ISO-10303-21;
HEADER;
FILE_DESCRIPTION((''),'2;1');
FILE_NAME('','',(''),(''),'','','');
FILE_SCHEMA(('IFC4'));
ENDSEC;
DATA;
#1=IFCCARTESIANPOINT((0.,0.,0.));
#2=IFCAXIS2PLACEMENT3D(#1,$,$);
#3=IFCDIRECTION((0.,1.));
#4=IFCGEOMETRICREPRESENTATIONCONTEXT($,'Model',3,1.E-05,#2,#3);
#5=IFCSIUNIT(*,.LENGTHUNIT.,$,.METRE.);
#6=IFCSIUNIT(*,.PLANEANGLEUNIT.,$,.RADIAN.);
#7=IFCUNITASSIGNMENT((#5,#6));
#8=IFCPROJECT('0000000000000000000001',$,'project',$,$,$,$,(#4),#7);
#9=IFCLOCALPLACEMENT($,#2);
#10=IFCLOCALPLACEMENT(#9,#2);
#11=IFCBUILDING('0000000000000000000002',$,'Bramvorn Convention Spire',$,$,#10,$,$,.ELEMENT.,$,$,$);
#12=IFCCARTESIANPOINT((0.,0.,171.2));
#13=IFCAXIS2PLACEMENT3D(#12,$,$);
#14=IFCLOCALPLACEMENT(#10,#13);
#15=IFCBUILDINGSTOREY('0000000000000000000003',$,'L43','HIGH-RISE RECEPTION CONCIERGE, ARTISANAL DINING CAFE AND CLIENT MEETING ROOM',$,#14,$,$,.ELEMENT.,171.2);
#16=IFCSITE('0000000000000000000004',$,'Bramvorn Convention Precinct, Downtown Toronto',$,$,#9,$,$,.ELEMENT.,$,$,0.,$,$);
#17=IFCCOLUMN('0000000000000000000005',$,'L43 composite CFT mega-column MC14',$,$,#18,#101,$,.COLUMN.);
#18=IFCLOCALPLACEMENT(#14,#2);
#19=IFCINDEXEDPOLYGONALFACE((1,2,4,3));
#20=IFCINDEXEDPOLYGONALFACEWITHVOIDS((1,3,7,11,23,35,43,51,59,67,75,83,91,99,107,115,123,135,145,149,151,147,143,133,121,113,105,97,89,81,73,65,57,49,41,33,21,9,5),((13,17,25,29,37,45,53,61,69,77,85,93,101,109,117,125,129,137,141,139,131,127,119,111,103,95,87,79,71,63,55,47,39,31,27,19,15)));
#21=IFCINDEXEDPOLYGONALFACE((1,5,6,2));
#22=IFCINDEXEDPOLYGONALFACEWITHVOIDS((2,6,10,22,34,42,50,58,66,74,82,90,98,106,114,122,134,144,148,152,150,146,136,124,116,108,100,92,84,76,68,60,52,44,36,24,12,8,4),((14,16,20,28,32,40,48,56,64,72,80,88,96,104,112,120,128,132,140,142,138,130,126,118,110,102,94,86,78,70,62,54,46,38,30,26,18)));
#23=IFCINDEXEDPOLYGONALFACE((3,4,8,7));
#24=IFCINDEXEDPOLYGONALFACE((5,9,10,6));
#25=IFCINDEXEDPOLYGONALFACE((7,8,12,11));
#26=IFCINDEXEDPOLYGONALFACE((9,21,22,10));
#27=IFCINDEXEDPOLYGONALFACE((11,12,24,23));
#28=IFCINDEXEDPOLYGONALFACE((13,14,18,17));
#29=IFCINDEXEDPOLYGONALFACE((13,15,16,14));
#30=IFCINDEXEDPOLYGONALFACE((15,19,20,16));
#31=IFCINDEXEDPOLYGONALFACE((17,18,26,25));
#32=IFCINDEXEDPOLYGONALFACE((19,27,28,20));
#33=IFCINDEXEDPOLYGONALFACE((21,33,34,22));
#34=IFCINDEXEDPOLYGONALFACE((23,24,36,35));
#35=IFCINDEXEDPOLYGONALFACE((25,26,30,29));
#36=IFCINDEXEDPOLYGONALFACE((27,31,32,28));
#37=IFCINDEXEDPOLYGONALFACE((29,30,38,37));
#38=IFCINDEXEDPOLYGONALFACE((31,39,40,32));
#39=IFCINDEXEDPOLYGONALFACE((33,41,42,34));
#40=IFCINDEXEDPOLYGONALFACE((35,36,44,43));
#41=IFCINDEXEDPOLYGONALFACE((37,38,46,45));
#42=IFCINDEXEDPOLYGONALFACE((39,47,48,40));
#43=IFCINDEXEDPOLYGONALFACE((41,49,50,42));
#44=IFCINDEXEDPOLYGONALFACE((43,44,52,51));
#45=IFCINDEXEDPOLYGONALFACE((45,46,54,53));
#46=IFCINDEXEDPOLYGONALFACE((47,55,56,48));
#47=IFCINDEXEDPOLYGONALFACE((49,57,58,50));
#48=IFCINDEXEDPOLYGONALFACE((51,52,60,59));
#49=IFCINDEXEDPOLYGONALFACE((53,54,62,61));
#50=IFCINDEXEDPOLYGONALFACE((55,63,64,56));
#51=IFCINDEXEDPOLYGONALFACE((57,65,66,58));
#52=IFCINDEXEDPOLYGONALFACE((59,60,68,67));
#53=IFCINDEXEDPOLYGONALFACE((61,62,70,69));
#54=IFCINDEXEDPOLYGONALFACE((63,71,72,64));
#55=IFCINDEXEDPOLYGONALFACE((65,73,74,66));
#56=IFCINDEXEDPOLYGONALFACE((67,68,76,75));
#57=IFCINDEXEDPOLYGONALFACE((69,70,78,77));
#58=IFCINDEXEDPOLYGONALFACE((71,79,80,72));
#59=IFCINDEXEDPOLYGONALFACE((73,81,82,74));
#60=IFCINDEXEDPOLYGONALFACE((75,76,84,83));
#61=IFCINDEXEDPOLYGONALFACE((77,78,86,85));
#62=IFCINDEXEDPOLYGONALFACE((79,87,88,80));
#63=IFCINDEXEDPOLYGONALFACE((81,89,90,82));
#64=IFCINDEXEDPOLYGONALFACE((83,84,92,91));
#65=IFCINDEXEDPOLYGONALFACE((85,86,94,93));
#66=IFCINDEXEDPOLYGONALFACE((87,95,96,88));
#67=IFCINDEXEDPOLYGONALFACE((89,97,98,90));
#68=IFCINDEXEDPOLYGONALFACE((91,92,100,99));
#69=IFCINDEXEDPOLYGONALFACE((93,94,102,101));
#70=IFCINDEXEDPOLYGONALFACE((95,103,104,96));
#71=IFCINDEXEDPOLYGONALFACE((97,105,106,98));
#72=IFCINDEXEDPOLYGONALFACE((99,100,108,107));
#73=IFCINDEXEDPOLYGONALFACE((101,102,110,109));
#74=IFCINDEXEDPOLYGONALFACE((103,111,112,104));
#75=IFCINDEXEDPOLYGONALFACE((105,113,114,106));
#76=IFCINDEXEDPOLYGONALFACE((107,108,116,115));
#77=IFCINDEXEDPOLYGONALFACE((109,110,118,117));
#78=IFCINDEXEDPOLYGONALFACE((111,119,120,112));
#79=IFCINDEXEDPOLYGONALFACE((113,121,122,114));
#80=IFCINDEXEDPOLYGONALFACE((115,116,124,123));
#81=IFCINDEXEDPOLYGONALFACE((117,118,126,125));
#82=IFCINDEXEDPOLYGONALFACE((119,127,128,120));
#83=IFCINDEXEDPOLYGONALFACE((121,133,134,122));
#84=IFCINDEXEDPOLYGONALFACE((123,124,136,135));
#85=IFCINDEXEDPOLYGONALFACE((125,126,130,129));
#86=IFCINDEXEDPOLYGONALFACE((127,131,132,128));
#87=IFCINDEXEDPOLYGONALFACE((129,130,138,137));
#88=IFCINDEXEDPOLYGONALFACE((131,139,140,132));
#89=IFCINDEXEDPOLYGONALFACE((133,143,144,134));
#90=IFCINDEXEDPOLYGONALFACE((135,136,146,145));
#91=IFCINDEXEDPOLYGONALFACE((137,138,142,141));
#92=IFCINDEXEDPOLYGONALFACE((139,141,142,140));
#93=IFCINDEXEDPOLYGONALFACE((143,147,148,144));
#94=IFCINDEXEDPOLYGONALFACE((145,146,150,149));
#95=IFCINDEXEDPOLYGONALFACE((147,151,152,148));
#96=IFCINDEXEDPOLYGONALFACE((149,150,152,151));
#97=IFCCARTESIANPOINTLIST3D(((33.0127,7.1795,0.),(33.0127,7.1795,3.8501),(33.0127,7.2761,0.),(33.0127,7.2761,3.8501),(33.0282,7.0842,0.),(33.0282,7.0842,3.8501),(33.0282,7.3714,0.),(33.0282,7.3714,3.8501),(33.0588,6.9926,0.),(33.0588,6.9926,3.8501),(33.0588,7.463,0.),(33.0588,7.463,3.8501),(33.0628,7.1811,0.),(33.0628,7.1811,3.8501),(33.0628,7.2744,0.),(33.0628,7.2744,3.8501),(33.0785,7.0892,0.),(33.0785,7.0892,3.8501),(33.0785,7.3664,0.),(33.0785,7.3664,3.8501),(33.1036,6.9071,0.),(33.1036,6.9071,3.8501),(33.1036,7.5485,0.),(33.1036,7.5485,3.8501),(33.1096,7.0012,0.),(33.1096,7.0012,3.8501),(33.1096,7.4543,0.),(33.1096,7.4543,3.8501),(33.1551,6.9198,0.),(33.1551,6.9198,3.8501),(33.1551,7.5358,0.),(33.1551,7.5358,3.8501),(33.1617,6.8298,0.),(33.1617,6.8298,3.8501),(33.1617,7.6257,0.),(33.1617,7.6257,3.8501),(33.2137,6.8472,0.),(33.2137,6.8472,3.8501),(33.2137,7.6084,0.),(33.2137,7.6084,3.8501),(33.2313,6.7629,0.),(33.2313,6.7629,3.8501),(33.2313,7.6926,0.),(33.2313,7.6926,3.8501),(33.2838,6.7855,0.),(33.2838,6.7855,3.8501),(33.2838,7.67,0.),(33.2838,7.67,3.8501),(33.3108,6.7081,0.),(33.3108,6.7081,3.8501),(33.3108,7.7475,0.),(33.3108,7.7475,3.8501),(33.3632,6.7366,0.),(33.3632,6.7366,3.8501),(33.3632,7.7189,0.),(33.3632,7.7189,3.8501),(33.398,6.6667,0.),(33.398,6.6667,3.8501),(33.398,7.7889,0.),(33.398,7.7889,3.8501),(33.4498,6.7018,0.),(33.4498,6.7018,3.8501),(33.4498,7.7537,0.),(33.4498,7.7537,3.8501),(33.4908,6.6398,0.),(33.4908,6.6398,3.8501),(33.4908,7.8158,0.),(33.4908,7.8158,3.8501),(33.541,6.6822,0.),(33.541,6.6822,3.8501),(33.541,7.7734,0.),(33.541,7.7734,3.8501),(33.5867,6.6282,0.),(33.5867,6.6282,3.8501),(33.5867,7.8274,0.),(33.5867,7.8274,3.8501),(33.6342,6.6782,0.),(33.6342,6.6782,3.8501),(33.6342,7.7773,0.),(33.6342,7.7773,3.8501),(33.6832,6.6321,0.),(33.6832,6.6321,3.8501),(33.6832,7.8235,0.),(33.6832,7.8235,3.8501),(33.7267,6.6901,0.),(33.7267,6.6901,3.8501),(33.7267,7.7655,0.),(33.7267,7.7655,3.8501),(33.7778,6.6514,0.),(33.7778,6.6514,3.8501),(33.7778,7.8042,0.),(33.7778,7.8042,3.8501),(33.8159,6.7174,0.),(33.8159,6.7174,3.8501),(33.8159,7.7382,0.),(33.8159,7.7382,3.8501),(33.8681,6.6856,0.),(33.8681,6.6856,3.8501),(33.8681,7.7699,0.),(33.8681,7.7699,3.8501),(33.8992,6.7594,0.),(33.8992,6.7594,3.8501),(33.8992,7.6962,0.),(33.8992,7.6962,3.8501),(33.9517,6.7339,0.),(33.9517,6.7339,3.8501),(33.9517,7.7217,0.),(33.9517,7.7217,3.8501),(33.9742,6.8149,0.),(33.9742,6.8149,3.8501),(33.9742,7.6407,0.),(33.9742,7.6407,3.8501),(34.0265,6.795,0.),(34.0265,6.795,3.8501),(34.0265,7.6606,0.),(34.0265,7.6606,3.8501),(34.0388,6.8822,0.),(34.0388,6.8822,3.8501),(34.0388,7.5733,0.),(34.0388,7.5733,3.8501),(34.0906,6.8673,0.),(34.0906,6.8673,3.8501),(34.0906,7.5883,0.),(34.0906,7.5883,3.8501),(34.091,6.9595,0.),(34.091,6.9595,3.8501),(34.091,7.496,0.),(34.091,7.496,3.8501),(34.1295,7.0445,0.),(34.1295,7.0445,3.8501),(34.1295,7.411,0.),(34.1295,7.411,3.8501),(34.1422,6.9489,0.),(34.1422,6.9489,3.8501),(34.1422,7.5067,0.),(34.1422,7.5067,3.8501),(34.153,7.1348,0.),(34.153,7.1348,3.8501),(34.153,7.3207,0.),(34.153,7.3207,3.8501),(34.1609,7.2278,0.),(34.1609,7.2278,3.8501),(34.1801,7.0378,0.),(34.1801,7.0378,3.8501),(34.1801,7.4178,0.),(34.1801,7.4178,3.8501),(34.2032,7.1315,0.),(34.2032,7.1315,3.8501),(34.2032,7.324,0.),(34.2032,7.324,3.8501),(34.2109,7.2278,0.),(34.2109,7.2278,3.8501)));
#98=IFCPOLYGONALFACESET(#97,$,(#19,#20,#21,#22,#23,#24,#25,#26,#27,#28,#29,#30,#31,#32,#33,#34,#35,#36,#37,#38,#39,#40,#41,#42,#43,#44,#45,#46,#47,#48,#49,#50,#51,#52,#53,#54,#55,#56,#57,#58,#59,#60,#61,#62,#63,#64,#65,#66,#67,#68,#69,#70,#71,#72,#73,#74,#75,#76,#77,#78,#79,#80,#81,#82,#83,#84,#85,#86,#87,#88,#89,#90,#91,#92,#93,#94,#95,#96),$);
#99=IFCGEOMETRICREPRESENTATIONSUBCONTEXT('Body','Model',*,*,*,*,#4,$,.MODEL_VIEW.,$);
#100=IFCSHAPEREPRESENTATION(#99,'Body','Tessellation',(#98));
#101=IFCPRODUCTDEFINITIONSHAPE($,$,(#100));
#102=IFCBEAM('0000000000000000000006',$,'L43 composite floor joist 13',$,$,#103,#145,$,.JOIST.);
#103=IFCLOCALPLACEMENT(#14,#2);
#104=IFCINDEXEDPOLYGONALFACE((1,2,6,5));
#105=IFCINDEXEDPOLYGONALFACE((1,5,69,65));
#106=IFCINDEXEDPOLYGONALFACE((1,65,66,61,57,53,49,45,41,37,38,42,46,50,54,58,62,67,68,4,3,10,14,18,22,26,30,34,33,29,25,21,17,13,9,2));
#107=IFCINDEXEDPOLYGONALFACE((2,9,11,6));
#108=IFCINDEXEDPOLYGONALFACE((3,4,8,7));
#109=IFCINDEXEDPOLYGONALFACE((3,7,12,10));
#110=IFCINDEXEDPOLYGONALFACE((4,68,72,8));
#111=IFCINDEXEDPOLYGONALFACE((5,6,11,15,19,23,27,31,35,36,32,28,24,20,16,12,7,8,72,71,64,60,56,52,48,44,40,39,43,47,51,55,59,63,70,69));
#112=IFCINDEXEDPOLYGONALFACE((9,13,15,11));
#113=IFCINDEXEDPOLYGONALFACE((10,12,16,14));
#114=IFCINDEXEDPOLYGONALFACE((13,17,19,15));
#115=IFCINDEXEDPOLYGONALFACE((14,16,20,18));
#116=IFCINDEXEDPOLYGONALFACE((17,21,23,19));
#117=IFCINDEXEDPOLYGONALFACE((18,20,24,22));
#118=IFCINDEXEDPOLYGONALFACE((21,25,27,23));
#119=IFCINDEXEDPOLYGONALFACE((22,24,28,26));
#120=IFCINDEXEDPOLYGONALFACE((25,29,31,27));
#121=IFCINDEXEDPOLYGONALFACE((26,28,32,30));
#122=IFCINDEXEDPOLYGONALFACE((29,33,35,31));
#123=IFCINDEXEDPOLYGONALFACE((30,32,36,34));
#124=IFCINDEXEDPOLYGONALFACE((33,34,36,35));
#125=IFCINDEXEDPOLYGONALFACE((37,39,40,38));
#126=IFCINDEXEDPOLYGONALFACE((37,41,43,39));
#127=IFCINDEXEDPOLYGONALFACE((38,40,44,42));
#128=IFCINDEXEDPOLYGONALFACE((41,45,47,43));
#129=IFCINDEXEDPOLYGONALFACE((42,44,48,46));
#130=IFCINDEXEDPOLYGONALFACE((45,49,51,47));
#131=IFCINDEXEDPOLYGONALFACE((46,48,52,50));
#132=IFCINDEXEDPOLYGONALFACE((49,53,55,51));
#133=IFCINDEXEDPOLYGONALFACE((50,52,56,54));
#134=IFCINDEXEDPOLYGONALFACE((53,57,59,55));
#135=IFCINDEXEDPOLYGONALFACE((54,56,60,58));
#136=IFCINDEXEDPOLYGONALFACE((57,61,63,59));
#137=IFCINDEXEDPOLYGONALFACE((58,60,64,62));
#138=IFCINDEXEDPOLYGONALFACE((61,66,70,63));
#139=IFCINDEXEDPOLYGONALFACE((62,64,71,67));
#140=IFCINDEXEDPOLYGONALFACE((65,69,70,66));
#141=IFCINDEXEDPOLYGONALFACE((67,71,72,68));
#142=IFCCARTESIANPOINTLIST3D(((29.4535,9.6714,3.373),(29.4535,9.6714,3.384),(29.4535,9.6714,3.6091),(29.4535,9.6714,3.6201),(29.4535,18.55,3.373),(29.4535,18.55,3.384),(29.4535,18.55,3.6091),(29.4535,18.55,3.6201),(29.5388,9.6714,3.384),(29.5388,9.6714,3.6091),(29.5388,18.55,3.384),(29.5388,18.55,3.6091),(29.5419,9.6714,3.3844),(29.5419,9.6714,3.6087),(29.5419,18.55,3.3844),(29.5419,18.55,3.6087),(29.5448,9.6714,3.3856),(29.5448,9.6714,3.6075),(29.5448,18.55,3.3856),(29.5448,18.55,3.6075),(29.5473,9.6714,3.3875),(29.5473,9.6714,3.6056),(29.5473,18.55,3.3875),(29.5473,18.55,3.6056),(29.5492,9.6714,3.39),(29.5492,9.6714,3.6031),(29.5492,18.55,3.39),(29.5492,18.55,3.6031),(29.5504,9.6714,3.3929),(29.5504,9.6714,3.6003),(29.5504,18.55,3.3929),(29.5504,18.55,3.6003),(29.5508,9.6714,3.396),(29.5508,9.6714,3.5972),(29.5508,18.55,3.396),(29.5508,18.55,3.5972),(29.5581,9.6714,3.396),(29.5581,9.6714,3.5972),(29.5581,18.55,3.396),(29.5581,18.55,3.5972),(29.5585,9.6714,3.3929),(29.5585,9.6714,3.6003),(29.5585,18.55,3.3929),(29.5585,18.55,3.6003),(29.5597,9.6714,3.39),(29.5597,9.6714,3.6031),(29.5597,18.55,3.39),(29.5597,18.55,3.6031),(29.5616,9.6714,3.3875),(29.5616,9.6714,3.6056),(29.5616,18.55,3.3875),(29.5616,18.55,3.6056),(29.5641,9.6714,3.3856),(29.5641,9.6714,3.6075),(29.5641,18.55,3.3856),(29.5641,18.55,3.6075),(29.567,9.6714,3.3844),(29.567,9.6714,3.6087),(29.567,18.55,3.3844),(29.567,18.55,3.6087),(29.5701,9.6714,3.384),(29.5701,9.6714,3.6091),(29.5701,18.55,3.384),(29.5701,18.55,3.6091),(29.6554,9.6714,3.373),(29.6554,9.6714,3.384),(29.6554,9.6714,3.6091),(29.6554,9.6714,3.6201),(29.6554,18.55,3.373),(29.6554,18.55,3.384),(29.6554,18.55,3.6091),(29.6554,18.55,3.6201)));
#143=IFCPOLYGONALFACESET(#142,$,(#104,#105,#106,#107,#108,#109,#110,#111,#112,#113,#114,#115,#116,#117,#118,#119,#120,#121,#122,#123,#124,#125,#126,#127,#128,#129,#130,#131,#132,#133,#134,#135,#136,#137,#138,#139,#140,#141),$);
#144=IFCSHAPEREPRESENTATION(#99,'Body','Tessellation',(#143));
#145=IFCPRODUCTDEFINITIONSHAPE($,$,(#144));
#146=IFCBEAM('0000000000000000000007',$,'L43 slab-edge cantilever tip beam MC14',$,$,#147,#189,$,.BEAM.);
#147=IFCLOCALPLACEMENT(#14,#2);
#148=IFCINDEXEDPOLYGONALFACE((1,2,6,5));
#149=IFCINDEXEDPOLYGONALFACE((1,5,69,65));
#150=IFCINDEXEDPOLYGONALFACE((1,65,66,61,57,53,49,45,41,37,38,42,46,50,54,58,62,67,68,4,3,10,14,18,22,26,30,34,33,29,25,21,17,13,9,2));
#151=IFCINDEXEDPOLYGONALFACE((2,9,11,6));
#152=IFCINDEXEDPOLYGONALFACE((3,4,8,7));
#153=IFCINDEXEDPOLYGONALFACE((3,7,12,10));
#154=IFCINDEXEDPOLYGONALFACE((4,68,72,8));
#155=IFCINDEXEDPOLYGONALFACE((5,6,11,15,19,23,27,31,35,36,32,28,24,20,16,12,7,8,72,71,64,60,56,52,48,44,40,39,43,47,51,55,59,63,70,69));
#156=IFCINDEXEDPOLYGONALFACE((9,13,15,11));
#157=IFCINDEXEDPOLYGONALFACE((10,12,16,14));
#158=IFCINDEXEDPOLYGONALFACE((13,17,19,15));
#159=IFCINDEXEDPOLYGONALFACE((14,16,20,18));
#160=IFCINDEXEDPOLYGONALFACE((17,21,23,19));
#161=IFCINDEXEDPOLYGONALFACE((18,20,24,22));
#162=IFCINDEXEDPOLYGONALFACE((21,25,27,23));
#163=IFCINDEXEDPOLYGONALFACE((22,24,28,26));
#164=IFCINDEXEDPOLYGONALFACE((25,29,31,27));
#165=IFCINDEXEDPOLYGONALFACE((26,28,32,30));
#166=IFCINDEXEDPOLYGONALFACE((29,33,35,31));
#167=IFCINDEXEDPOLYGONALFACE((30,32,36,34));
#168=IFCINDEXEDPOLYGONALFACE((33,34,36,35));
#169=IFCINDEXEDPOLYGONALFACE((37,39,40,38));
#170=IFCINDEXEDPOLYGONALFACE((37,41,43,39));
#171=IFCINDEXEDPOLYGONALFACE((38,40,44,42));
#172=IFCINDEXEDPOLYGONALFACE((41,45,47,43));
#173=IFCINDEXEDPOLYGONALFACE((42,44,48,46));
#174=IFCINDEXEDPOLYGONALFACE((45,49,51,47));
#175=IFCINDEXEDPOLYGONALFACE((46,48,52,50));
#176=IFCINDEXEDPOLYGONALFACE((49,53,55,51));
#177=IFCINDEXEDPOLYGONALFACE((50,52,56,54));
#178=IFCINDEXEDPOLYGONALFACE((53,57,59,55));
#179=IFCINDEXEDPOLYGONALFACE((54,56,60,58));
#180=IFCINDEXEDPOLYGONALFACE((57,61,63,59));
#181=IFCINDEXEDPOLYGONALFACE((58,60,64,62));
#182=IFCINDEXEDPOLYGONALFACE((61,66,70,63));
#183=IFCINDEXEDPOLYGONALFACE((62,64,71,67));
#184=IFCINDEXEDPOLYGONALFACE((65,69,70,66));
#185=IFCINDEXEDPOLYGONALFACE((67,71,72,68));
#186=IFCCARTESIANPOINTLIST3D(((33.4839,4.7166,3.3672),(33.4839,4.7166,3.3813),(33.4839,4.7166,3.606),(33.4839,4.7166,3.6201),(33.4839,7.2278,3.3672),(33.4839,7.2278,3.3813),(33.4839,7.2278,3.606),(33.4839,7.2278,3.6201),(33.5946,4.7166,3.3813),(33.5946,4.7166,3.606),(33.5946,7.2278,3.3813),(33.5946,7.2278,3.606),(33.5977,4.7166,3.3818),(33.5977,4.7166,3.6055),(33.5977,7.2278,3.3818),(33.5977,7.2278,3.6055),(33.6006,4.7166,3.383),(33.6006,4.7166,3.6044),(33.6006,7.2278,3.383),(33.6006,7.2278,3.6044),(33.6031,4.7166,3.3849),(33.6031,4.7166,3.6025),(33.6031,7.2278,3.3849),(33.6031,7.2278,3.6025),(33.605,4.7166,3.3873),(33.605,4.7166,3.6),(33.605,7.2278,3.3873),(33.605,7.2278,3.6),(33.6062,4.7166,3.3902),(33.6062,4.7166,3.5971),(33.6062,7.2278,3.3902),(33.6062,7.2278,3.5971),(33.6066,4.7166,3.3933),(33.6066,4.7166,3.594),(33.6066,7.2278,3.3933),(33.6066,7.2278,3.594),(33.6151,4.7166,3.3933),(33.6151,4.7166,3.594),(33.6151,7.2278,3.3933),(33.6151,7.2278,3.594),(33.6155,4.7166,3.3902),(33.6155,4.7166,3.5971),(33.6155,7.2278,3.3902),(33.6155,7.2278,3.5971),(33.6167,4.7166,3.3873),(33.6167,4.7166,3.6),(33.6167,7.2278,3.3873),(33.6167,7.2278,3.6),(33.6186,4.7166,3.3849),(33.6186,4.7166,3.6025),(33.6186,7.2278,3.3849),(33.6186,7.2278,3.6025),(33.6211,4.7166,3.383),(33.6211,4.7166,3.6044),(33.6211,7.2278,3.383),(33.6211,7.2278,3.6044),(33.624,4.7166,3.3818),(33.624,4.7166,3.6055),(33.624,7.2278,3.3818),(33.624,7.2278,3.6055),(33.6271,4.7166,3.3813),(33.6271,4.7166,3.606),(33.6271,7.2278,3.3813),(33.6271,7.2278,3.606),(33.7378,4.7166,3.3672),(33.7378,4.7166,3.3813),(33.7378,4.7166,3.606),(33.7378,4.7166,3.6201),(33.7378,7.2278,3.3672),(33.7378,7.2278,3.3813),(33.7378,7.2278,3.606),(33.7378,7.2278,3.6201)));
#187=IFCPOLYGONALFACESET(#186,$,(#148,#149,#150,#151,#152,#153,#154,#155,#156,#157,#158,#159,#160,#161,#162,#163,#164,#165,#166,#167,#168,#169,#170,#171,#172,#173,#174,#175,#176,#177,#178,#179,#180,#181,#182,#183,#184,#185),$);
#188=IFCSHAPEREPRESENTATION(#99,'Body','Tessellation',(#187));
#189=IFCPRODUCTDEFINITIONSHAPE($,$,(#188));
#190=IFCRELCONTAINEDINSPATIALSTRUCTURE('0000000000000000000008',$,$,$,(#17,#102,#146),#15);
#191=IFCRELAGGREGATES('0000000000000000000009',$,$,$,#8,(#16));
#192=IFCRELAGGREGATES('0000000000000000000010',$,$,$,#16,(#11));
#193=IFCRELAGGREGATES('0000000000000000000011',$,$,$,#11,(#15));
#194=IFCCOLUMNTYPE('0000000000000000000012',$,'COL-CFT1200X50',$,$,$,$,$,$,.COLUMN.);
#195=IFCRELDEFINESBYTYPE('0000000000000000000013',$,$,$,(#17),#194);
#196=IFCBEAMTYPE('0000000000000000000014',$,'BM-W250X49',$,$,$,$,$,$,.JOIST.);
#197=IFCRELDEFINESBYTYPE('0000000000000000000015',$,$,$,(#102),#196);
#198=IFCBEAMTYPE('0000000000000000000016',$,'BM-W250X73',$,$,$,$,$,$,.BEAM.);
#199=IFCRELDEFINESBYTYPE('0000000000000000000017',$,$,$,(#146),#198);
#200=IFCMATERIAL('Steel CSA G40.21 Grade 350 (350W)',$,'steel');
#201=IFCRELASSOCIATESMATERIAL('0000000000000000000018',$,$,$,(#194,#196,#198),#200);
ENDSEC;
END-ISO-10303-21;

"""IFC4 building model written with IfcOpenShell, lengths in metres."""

from ifc_helpers import new_model, si_unit, direction, frame, origin, origin_2d, place, context, subcontext, project, spatial, hollow_circle, i_section, extrude, material, material_profile, profile_set, type_object, element, save


model = new_model("IFC4")

# Units and contexts
model_context = context("Model", 3, precision=1e-05, world=origin(), true_north=direction((0.0, 1.0)))
body_context = subcontext(model_context, "Body", "Model", "MODEL_VIEW")
ifc_project = project(units=[si_unit("LENGTHUNIT", "METRE"), si_unit("PLANEANGLEUNIT", "RADIAN")], contexts=[model_context])

# Site, building, storey
site_placement = place(None, origin())
site = spatial("IfcSite", under=ifc_project, at=site_placement, Name="Bramvorn Convention Precinct, Downtown Toronto", CompositionType="ELEMENT", RefElevation=0.0)
building_placement = place(site_placement, origin())
building = spatial("IfcBuilding", under=site, at=building_placement, Name="Bramvorn Convention Spire", CompositionType="ELEMENT")
storey_placement = place(building_placement, frame((0.0, 0.0, 171.2)))
storey = spatial("IfcBuildingStorey", under=building, at=storey_placement, Name="L43", Description="HIGH-RISE RECEPTION CONCIERGE, ARTISANAL DINING CAFE AND CLIENT MEETING ROOM", CompositionType="ELEMENT", Elevation=171.2)

# Column
ifc_material_1 = material(Name="Steel CSA G40.21 Grade 350 (350W)", Category="steel")
ifc_material_profile_1 = material_profile(ifc_material_1, hollow_circle(Radius=0.6001, WallThickness=0.05, at=origin_2d()))
ifc_profile_set_1 = profile_set([ifc_material_profile_1], Name="Steel CSA G40.21 Grade 350 (350W) - CFT1200X50")
column_type = type_object("IfcColumnType", Name="COL-CFT1200X50", PredefinedType="COLUMN", material=ifc_profile_set_1)
column_placement = place(storey_placement, frame((33.6108, 7.2278, 0.0), z_axis=(0.0, 0.0, 1.0), x_axis=(1.0, 0.0, 0.0)))
element("IfcColumn", 1, at=column_placement, inside=storey, type_object=column_type, Name="L43 composite CFT mega-column MC14", PredefinedType="COLUMN", context=body_context, shape_type="SweptSolid", body=[
    extrude(hollow_circle(Radius=0.6001, WallThickness=0.05, at=origin_2d()), origin(), (0.0, 0.0, 1.0), 3.8501),
])

# Beams
ifc_material_profile_2 = material_profile(ifc_material_1, i_section(OverallWidth=0.2019, OverallDepth=0.2471, WebThickness=0.0073, FlangeThickness=0.011, FilletRadius=0.012, at=origin_2d()))
ifc_profile_set_2 = profile_set([ifc_material_profile_2], Name="Steel CSA G40.21 Grade 350 (350W) - W250X49")
beam_type_1 = type_object("IfcBeamType", Name="BM-W250X49", PredefinedType="JOIST", material=ifc_profile_set_2)
beam_1_placement = place(storey_placement, frame((29.5544, 18.55, 3.4966), z_axis=(0.0, -1.0, 0.0), x_axis=(1.0, 0.0, 0.0)))
element("IfcBeam", 2, at=beam_1_placement, inside=storey, type_object=beam_type_1, Name="L43 composite floor joist 13", PredefinedType="JOIST", context=body_context, shape_type="SweptSolid", body=[
    extrude(i_section(OverallWidth=0.2019, OverallDepth=0.2471, WebThickness=0.0073, FlangeThickness=0.011, FilletRadius=0.012, at=origin_2d()), origin(), (0.0, 0.0, 1.0), 8.8787),
])
ifc_material_profile_3 = material_profile(ifc_material_1, i_section(OverallWidth=0.2539, OverallDepth=0.2529, WebThickness=0.0085, FlangeThickness=0.0142, FilletRadius=0.012, at=origin_2d()))
ifc_profile_set_3 = profile_set([ifc_material_profile_3], Name="Steel CSA G40.21 Grade 350 (350W) - W250X73")
beam_type_2 = type_object("IfcBeamType", Name="BM-W250X73", PredefinedType="BEAM", material=ifc_profile_set_3)
beam_2_placement = place(storey_placement, frame((33.6108, 7.2278, 3.4937), z_axis=(0.0, -1.0, 0.0), x_axis=(1.0, 0.0, 0.0)))
element("IfcBeam", 3, at=beam_2_placement, inside=storey, type_object=beam_type_2, Name="L43 slab-edge cantilever tip beam MC14", PredefinedType="BEAM", context=body_context, shape_type="SweptSolid", body=[
    extrude(i_section(OverallWidth=0.2539, OverallDepth=0.2529, WebThickness=0.0085, FlangeThickness=0.0142, FilletRadius=0.012, at=origin_2d()), origin(), (0.0, 0.0, 1.0), 2.5112),
])

save(model, "model.ifc")
